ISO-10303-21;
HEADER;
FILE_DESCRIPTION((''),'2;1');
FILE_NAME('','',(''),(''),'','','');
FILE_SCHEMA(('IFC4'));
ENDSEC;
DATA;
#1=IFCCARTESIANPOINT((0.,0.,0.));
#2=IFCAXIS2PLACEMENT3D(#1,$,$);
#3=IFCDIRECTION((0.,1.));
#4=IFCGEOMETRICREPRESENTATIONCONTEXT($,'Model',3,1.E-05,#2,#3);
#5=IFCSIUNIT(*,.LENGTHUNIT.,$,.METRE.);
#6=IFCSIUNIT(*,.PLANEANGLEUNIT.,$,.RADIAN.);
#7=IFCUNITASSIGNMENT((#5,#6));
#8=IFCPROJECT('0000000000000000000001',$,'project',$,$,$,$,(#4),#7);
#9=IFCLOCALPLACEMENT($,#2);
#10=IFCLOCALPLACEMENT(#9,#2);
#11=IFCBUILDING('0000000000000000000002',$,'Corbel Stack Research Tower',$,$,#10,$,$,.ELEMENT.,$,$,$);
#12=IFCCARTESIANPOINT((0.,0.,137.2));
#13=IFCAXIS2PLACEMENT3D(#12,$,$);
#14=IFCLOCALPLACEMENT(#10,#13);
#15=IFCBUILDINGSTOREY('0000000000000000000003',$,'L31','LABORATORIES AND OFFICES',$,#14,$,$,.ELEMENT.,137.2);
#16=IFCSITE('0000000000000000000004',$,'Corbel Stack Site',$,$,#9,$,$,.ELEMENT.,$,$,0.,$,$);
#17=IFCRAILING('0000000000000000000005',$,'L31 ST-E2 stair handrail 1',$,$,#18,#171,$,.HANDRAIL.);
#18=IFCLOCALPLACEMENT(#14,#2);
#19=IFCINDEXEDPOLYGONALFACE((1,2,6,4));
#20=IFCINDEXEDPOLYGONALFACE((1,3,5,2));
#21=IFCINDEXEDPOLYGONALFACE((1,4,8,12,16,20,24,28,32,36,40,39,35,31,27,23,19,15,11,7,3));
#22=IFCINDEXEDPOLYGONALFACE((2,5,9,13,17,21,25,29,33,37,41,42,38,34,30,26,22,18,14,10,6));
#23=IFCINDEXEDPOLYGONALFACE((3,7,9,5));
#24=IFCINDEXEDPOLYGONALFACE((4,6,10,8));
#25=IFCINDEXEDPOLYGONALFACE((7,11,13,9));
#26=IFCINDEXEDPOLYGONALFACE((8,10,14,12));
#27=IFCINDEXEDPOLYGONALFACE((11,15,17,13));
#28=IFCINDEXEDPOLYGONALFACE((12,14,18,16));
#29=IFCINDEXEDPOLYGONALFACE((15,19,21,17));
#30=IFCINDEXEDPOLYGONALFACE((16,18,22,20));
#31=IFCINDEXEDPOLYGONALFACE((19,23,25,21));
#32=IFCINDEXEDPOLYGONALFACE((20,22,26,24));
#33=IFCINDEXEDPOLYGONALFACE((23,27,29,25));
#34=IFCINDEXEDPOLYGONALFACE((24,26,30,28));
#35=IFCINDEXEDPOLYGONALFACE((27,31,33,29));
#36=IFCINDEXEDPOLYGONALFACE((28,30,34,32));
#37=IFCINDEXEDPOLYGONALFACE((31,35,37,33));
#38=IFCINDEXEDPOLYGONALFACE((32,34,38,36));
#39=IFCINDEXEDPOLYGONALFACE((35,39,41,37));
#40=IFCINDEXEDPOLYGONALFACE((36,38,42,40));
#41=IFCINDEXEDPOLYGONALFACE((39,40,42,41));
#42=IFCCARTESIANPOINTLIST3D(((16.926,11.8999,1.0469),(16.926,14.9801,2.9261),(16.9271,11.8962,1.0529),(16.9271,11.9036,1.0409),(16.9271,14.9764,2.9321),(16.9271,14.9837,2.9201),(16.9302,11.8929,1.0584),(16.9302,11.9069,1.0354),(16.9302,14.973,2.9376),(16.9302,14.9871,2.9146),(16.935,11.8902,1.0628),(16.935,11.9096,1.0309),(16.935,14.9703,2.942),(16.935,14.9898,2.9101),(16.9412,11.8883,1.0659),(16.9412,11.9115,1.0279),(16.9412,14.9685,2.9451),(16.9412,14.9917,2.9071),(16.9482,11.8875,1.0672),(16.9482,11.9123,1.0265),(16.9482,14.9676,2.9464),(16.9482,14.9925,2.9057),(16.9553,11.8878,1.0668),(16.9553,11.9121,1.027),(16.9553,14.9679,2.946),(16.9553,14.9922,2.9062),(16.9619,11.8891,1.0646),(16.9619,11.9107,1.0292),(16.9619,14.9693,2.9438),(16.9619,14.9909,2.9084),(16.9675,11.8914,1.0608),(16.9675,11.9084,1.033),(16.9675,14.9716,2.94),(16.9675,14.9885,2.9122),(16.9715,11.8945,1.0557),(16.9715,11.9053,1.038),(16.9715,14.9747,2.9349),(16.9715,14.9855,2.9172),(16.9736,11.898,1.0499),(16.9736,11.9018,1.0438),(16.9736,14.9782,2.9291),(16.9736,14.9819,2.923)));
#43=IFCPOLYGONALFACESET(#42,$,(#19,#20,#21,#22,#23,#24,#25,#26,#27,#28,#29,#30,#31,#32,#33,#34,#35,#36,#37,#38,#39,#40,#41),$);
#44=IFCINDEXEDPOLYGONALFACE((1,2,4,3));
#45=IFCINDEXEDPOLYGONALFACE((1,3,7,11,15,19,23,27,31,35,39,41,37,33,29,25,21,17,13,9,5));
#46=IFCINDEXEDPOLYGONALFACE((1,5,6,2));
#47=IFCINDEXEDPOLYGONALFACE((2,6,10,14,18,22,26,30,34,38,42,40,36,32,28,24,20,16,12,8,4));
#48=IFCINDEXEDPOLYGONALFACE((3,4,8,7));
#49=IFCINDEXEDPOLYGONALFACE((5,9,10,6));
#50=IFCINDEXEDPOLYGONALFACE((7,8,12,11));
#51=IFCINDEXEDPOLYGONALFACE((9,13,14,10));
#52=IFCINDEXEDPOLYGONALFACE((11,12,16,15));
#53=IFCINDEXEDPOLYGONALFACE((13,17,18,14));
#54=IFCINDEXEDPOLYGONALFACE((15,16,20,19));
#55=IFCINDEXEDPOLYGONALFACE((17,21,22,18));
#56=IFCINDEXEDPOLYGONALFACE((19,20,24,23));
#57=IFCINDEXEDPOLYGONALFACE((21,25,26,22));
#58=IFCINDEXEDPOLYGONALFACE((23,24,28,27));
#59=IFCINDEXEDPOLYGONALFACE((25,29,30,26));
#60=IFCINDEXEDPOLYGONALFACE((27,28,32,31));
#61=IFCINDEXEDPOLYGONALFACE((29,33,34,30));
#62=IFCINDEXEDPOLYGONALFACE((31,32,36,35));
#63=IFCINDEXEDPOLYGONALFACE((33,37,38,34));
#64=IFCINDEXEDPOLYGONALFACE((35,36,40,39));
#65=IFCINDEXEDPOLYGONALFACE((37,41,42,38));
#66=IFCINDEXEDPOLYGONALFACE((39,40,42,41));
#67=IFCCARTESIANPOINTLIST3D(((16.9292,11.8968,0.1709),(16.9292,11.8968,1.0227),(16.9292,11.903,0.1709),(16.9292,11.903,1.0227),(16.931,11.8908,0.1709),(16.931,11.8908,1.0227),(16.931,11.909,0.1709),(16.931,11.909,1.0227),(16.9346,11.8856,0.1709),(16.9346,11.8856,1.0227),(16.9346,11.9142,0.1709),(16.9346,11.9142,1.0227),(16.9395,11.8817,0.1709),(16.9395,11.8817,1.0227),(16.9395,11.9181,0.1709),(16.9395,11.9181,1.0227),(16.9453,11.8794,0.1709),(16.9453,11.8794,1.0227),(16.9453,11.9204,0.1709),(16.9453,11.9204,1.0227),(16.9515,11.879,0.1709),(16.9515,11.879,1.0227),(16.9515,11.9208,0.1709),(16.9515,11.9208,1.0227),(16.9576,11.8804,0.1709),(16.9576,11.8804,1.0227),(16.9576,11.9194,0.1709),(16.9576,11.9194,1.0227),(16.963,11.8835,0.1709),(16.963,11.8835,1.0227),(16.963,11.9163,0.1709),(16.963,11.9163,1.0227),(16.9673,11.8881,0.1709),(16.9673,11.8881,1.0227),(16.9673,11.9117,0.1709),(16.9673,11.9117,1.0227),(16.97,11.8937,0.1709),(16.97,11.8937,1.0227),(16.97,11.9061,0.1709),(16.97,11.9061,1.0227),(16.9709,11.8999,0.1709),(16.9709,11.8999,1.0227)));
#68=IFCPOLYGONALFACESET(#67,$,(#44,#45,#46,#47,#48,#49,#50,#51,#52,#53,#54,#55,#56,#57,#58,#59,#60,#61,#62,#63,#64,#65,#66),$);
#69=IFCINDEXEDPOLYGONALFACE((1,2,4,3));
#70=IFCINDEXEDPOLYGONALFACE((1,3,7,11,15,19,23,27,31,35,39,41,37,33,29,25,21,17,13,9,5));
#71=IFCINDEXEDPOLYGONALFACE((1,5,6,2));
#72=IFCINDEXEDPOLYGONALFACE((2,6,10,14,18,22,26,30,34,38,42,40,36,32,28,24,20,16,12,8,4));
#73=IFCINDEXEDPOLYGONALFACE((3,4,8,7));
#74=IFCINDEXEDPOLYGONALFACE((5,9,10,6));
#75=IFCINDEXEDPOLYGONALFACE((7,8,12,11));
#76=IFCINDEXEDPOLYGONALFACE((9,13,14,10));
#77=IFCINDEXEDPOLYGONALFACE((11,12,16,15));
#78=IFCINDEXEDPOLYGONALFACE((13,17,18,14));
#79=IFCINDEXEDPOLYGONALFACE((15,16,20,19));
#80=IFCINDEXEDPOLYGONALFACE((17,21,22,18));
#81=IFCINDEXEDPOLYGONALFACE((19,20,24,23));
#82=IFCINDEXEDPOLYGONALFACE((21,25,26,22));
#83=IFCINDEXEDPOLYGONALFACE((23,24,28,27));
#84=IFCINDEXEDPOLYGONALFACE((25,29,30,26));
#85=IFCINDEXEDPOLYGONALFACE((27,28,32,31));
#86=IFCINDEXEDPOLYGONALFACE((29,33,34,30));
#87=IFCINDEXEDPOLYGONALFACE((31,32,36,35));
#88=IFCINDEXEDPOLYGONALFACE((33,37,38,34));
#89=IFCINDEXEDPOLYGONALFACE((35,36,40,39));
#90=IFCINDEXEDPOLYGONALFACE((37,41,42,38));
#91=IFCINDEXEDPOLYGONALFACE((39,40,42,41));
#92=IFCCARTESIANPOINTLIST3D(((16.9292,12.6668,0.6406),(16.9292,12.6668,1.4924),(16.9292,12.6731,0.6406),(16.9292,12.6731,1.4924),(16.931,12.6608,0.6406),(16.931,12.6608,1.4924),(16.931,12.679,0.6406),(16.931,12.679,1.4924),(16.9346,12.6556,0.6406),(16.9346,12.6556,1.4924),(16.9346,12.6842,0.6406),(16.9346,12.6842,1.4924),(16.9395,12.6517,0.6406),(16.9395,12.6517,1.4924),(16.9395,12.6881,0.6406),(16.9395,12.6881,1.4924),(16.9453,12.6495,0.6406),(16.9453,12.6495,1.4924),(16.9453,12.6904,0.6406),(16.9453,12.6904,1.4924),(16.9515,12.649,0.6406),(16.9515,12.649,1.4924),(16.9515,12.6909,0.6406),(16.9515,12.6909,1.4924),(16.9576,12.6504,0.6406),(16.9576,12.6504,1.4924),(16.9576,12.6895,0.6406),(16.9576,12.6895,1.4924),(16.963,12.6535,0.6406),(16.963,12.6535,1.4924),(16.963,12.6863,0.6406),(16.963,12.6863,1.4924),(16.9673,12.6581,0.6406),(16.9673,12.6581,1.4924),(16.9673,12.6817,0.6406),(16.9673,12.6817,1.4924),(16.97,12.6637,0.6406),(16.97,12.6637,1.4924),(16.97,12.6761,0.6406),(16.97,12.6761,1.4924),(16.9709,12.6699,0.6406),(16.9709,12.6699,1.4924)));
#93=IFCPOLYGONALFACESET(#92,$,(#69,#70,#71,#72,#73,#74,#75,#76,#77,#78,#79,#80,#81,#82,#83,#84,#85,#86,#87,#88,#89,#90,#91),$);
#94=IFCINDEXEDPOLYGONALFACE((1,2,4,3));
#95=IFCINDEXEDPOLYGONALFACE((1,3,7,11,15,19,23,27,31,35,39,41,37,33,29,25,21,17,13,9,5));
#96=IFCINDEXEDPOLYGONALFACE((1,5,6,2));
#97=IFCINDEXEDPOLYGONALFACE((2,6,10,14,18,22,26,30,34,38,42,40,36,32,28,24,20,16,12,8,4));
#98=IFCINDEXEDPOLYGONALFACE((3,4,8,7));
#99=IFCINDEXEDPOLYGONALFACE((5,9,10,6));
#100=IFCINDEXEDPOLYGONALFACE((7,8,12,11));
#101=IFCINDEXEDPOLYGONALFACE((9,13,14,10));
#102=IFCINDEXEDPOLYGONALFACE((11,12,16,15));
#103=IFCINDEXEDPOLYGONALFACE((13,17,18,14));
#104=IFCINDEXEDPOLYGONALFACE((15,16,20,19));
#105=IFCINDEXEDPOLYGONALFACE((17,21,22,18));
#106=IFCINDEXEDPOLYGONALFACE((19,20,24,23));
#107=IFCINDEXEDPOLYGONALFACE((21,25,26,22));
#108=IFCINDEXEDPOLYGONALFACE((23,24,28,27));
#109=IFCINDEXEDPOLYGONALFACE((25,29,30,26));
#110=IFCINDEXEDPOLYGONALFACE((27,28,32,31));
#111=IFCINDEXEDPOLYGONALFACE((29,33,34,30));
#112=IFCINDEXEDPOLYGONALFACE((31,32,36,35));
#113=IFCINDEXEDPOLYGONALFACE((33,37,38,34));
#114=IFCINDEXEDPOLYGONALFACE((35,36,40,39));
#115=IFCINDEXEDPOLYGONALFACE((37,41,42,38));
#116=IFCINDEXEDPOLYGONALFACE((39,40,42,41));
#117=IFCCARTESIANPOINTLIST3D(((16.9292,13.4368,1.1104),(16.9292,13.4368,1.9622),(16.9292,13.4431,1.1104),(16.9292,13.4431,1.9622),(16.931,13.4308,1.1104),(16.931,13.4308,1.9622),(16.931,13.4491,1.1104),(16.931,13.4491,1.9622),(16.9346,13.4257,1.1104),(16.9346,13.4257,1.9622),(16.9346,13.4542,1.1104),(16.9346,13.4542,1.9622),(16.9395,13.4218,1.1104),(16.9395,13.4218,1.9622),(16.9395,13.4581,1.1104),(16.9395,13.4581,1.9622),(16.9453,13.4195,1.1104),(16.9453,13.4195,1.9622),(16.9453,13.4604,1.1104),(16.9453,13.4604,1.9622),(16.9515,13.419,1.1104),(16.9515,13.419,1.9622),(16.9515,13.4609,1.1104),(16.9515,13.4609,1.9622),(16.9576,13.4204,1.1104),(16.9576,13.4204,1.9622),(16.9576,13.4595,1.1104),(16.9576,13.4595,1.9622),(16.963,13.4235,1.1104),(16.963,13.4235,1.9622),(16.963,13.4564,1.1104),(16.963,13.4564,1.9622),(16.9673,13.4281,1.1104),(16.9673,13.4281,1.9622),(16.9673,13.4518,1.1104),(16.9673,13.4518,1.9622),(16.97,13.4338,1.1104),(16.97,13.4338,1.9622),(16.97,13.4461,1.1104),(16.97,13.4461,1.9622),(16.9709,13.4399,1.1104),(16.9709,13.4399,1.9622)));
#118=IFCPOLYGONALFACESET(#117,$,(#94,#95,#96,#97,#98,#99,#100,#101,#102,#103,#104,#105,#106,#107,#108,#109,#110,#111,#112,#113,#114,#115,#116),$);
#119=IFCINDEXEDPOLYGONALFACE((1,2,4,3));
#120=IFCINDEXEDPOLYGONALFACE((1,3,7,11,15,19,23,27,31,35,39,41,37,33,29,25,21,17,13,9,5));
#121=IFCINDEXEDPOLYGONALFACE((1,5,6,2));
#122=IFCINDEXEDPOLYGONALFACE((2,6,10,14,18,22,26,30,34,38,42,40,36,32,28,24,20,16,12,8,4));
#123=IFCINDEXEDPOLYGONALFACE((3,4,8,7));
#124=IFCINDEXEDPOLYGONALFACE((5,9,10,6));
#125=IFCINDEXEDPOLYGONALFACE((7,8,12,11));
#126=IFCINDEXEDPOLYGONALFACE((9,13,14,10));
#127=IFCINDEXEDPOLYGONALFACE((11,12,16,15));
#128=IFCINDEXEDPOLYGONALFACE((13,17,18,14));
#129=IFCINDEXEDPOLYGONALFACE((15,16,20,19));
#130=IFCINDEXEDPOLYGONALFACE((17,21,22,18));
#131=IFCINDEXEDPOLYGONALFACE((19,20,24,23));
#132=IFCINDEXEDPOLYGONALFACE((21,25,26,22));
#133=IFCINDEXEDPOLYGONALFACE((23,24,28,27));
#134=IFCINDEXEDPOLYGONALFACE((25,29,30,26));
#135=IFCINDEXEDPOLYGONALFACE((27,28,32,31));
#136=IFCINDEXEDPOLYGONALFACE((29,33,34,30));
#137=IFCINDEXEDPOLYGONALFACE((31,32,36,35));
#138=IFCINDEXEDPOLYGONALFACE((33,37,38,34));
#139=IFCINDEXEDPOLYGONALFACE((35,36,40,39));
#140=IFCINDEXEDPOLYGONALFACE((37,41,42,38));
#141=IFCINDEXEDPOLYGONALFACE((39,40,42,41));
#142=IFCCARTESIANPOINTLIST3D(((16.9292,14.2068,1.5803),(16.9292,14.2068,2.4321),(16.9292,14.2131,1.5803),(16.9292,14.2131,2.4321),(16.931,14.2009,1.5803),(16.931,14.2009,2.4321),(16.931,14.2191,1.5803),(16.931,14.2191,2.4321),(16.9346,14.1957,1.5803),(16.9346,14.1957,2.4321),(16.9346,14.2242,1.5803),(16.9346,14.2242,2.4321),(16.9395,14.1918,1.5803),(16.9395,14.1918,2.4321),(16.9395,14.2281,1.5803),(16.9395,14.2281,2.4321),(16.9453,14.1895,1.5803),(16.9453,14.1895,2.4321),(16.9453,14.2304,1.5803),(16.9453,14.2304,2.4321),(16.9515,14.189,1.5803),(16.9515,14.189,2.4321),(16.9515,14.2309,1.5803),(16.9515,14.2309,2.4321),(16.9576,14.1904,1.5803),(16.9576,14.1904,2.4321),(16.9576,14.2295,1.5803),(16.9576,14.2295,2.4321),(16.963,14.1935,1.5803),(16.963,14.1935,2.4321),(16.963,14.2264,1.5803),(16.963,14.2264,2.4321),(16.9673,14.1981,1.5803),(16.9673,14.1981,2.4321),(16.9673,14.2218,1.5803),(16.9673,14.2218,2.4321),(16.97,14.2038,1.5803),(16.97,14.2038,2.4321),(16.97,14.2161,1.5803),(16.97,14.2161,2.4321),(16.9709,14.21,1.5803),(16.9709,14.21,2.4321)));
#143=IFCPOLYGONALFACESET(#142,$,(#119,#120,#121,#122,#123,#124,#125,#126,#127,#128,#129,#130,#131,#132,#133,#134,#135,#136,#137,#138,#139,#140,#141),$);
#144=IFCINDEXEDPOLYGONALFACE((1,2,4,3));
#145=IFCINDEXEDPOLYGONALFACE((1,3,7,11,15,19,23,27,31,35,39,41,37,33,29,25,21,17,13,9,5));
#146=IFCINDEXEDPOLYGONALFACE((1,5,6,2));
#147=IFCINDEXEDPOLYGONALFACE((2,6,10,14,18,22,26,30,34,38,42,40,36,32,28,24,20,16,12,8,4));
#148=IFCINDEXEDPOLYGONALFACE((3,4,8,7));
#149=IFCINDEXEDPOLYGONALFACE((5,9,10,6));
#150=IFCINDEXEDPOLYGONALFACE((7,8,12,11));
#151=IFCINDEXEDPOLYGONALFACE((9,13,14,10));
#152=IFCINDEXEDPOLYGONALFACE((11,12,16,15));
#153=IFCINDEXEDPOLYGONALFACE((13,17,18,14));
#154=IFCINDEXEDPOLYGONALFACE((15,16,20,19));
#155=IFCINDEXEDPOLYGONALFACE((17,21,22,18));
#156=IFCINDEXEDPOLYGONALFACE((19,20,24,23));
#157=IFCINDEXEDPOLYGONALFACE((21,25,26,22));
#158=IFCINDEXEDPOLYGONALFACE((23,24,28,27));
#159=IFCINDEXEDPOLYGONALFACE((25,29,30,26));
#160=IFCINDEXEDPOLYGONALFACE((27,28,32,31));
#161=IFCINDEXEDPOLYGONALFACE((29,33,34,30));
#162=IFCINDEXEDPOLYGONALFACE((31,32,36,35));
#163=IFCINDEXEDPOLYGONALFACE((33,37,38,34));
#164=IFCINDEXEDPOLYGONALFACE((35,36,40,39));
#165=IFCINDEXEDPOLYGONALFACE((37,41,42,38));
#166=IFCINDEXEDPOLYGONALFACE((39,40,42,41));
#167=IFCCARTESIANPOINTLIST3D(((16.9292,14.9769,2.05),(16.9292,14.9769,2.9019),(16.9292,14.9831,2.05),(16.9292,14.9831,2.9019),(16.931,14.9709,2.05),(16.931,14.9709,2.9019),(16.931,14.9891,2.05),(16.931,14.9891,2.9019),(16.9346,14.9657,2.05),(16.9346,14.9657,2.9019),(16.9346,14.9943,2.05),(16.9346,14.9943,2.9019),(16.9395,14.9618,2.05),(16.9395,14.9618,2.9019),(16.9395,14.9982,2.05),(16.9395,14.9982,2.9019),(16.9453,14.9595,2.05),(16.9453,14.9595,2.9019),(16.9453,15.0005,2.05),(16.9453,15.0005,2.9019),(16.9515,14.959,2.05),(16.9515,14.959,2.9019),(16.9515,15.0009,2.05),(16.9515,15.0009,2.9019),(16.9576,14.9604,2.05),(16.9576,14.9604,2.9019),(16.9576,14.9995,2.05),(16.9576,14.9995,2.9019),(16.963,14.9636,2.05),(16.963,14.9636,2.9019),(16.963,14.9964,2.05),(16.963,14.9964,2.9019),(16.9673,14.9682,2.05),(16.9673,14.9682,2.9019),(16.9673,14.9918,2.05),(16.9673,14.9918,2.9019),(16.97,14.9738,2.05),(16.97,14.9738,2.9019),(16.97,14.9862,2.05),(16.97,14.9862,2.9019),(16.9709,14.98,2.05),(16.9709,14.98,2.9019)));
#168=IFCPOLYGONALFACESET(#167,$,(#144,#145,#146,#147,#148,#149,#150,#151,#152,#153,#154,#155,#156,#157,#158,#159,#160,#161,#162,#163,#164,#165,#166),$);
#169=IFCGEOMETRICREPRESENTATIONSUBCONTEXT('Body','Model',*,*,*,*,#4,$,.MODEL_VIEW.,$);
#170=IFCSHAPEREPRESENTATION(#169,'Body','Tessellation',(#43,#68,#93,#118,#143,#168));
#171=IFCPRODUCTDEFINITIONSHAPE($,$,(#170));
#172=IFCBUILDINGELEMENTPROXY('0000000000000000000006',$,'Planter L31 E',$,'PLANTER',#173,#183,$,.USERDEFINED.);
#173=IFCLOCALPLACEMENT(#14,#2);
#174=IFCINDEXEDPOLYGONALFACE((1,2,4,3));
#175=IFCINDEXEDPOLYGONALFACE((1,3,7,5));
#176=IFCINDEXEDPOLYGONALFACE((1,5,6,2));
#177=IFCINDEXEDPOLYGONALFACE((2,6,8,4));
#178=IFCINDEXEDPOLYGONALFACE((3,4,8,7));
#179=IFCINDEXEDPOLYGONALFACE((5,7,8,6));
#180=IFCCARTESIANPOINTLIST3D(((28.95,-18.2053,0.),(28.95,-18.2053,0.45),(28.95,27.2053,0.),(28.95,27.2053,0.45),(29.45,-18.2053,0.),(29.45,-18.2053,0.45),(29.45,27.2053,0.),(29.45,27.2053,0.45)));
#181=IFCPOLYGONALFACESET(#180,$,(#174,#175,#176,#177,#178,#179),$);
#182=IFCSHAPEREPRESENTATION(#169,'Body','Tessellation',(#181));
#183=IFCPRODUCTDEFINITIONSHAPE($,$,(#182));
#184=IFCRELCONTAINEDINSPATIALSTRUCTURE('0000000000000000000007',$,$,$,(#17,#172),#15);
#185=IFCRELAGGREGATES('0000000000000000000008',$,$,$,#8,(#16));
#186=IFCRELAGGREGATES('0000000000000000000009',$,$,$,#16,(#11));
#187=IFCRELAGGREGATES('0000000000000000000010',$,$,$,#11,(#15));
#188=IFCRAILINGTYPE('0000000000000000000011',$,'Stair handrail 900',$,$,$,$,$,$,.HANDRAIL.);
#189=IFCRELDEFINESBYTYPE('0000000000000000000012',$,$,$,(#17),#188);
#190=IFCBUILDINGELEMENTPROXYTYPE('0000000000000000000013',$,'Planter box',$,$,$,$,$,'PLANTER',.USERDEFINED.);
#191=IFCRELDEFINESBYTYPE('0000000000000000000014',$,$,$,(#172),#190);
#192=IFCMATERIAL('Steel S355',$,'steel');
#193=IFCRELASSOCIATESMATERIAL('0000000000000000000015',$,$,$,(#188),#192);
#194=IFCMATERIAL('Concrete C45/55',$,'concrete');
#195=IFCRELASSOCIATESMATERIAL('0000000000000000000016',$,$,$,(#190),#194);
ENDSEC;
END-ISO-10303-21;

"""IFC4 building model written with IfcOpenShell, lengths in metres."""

from ifc_helpers import new_model, si_unit, direction, frame, origin, origin_2d, place, context, subcontext, project, spatial, rectangle, circle, extrude, material, type_object, element, save


model = new_model("IFC4")

# Units and contexts
model_context = context("Model", 3, precision=1e-05, world=origin(), true_north=direction((0.0, 1.0)))
body_context = subcontext(model_context, "Body", "Model", "MODEL_VIEW")
ifc_project = project(units=[si_unit("LENGTHUNIT", "METRE"), si_unit("PLANEANGLEUNIT", "RADIAN")], contexts=[model_context])

# Site, building, storey
site_placement = place(None, origin())
site = spatial("IfcSite", under=ifc_project, at=site_placement, Name="Corbel Stack Site", CompositionType="ELEMENT", RefElevation=0.0)
building_placement = place(site_placement, origin())
building = spatial("IfcBuilding", under=site, at=building_placement, Name="Corbel Stack Research Tower", CompositionType="ELEMENT")
storey_placement = place(building_placement, frame((0.0, 0.0, 137.2)))
storey = spatial("IfcBuildingStorey", under=building, at=storey_placement, Name="L31", Description="LABORATORIES AND OFFICES", CompositionType="ELEMENT", Elevation=137.2)

# Railing
ifc_material_1 = material(Name="Steel S355", Category="steel")
railing_type_1 = type_object("IfcRailingType", Name="Stair handrail 900", PredefinedType="HANDRAIL", material=ifc_material_1)
railing_1_placement = place(storey_placement, frame((16.95, 11.8999, 0.1709)))
element("IfcRailing", 1, at=railing_1_placement, inside=storey, type_object=railing_type_1, Name="L31 ST-E2 stair handrail 1", PredefinedType="HANDRAIL", context=body_context, shape_type="SweptSolid", body=[
    extrude(circle(Radius=0.0239, at=origin_2d()), frame((0.0, 0.0, 0.876), z_axis=(0.0, 0.853666, 0.52082), x_axis=(-1.0, 0.0, 0.0)), (0.0, 0.0, 1.0), 3.6082),
    extrude(circle(Radius=0.021, at=origin_2d()), origin(), (0.0, 0.0, 1.0), 0.8518),
    extrude(circle(Radius=0.021, at=origin_2d()), frame((0.0, 0.77, 0.4697)), (0.0, 0.0, 1.0), 0.8518),
    extrude(circle(Radius=0.021, at=origin_2d()), frame((0.0, 1.54, 0.9395)), (0.0, 0.0, 1.0), 0.8518),
    extrude(circle(Radius=0.021, at=origin_2d()), frame((0.0, 2.3101, 1.4094)), (0.0, 0.0, 1.0), 0.8518),
    extrude(circle(Radius=0.021, at=origin_2d()), frame((0.0, 3.0801, 1.8792)), (0.0, 0.0, 1.0), 0.8518),
])

# Building element proxy
ifc_material_2 = material(Name="Concrete C45/55", Category="concrete")
building_element_proxy_type = type_object("IfcBuildingElementProxyType", Name="Planter box", ElementType="PLANTER", PredefinedType="USERDEFINED", material=ifc_material_2)
proxy_placement = place(storey_placement, frame((29.2, 4.5, 0.0), z_axis=(0.0, 0.0, 1.0), x_axis=(0.0, 1.0, 0.0)))
element("IfcBuildingElementProxy", 2, at=proxy_placement, inside=storey, type_object=building_element_proxy_type, Name="Planter L31 E", ObjectType="PLANTER", PredefinedType="USERDEFINED", context=body_context, shape_type="SweptSolid", body=[
    extrude(rectangle(XDim=45.4106, YDim=0.5, at=origin_2d()), origin(), (0.0, 0.0, 1.0), 0.45),
])

save(model, "model.ifc")
